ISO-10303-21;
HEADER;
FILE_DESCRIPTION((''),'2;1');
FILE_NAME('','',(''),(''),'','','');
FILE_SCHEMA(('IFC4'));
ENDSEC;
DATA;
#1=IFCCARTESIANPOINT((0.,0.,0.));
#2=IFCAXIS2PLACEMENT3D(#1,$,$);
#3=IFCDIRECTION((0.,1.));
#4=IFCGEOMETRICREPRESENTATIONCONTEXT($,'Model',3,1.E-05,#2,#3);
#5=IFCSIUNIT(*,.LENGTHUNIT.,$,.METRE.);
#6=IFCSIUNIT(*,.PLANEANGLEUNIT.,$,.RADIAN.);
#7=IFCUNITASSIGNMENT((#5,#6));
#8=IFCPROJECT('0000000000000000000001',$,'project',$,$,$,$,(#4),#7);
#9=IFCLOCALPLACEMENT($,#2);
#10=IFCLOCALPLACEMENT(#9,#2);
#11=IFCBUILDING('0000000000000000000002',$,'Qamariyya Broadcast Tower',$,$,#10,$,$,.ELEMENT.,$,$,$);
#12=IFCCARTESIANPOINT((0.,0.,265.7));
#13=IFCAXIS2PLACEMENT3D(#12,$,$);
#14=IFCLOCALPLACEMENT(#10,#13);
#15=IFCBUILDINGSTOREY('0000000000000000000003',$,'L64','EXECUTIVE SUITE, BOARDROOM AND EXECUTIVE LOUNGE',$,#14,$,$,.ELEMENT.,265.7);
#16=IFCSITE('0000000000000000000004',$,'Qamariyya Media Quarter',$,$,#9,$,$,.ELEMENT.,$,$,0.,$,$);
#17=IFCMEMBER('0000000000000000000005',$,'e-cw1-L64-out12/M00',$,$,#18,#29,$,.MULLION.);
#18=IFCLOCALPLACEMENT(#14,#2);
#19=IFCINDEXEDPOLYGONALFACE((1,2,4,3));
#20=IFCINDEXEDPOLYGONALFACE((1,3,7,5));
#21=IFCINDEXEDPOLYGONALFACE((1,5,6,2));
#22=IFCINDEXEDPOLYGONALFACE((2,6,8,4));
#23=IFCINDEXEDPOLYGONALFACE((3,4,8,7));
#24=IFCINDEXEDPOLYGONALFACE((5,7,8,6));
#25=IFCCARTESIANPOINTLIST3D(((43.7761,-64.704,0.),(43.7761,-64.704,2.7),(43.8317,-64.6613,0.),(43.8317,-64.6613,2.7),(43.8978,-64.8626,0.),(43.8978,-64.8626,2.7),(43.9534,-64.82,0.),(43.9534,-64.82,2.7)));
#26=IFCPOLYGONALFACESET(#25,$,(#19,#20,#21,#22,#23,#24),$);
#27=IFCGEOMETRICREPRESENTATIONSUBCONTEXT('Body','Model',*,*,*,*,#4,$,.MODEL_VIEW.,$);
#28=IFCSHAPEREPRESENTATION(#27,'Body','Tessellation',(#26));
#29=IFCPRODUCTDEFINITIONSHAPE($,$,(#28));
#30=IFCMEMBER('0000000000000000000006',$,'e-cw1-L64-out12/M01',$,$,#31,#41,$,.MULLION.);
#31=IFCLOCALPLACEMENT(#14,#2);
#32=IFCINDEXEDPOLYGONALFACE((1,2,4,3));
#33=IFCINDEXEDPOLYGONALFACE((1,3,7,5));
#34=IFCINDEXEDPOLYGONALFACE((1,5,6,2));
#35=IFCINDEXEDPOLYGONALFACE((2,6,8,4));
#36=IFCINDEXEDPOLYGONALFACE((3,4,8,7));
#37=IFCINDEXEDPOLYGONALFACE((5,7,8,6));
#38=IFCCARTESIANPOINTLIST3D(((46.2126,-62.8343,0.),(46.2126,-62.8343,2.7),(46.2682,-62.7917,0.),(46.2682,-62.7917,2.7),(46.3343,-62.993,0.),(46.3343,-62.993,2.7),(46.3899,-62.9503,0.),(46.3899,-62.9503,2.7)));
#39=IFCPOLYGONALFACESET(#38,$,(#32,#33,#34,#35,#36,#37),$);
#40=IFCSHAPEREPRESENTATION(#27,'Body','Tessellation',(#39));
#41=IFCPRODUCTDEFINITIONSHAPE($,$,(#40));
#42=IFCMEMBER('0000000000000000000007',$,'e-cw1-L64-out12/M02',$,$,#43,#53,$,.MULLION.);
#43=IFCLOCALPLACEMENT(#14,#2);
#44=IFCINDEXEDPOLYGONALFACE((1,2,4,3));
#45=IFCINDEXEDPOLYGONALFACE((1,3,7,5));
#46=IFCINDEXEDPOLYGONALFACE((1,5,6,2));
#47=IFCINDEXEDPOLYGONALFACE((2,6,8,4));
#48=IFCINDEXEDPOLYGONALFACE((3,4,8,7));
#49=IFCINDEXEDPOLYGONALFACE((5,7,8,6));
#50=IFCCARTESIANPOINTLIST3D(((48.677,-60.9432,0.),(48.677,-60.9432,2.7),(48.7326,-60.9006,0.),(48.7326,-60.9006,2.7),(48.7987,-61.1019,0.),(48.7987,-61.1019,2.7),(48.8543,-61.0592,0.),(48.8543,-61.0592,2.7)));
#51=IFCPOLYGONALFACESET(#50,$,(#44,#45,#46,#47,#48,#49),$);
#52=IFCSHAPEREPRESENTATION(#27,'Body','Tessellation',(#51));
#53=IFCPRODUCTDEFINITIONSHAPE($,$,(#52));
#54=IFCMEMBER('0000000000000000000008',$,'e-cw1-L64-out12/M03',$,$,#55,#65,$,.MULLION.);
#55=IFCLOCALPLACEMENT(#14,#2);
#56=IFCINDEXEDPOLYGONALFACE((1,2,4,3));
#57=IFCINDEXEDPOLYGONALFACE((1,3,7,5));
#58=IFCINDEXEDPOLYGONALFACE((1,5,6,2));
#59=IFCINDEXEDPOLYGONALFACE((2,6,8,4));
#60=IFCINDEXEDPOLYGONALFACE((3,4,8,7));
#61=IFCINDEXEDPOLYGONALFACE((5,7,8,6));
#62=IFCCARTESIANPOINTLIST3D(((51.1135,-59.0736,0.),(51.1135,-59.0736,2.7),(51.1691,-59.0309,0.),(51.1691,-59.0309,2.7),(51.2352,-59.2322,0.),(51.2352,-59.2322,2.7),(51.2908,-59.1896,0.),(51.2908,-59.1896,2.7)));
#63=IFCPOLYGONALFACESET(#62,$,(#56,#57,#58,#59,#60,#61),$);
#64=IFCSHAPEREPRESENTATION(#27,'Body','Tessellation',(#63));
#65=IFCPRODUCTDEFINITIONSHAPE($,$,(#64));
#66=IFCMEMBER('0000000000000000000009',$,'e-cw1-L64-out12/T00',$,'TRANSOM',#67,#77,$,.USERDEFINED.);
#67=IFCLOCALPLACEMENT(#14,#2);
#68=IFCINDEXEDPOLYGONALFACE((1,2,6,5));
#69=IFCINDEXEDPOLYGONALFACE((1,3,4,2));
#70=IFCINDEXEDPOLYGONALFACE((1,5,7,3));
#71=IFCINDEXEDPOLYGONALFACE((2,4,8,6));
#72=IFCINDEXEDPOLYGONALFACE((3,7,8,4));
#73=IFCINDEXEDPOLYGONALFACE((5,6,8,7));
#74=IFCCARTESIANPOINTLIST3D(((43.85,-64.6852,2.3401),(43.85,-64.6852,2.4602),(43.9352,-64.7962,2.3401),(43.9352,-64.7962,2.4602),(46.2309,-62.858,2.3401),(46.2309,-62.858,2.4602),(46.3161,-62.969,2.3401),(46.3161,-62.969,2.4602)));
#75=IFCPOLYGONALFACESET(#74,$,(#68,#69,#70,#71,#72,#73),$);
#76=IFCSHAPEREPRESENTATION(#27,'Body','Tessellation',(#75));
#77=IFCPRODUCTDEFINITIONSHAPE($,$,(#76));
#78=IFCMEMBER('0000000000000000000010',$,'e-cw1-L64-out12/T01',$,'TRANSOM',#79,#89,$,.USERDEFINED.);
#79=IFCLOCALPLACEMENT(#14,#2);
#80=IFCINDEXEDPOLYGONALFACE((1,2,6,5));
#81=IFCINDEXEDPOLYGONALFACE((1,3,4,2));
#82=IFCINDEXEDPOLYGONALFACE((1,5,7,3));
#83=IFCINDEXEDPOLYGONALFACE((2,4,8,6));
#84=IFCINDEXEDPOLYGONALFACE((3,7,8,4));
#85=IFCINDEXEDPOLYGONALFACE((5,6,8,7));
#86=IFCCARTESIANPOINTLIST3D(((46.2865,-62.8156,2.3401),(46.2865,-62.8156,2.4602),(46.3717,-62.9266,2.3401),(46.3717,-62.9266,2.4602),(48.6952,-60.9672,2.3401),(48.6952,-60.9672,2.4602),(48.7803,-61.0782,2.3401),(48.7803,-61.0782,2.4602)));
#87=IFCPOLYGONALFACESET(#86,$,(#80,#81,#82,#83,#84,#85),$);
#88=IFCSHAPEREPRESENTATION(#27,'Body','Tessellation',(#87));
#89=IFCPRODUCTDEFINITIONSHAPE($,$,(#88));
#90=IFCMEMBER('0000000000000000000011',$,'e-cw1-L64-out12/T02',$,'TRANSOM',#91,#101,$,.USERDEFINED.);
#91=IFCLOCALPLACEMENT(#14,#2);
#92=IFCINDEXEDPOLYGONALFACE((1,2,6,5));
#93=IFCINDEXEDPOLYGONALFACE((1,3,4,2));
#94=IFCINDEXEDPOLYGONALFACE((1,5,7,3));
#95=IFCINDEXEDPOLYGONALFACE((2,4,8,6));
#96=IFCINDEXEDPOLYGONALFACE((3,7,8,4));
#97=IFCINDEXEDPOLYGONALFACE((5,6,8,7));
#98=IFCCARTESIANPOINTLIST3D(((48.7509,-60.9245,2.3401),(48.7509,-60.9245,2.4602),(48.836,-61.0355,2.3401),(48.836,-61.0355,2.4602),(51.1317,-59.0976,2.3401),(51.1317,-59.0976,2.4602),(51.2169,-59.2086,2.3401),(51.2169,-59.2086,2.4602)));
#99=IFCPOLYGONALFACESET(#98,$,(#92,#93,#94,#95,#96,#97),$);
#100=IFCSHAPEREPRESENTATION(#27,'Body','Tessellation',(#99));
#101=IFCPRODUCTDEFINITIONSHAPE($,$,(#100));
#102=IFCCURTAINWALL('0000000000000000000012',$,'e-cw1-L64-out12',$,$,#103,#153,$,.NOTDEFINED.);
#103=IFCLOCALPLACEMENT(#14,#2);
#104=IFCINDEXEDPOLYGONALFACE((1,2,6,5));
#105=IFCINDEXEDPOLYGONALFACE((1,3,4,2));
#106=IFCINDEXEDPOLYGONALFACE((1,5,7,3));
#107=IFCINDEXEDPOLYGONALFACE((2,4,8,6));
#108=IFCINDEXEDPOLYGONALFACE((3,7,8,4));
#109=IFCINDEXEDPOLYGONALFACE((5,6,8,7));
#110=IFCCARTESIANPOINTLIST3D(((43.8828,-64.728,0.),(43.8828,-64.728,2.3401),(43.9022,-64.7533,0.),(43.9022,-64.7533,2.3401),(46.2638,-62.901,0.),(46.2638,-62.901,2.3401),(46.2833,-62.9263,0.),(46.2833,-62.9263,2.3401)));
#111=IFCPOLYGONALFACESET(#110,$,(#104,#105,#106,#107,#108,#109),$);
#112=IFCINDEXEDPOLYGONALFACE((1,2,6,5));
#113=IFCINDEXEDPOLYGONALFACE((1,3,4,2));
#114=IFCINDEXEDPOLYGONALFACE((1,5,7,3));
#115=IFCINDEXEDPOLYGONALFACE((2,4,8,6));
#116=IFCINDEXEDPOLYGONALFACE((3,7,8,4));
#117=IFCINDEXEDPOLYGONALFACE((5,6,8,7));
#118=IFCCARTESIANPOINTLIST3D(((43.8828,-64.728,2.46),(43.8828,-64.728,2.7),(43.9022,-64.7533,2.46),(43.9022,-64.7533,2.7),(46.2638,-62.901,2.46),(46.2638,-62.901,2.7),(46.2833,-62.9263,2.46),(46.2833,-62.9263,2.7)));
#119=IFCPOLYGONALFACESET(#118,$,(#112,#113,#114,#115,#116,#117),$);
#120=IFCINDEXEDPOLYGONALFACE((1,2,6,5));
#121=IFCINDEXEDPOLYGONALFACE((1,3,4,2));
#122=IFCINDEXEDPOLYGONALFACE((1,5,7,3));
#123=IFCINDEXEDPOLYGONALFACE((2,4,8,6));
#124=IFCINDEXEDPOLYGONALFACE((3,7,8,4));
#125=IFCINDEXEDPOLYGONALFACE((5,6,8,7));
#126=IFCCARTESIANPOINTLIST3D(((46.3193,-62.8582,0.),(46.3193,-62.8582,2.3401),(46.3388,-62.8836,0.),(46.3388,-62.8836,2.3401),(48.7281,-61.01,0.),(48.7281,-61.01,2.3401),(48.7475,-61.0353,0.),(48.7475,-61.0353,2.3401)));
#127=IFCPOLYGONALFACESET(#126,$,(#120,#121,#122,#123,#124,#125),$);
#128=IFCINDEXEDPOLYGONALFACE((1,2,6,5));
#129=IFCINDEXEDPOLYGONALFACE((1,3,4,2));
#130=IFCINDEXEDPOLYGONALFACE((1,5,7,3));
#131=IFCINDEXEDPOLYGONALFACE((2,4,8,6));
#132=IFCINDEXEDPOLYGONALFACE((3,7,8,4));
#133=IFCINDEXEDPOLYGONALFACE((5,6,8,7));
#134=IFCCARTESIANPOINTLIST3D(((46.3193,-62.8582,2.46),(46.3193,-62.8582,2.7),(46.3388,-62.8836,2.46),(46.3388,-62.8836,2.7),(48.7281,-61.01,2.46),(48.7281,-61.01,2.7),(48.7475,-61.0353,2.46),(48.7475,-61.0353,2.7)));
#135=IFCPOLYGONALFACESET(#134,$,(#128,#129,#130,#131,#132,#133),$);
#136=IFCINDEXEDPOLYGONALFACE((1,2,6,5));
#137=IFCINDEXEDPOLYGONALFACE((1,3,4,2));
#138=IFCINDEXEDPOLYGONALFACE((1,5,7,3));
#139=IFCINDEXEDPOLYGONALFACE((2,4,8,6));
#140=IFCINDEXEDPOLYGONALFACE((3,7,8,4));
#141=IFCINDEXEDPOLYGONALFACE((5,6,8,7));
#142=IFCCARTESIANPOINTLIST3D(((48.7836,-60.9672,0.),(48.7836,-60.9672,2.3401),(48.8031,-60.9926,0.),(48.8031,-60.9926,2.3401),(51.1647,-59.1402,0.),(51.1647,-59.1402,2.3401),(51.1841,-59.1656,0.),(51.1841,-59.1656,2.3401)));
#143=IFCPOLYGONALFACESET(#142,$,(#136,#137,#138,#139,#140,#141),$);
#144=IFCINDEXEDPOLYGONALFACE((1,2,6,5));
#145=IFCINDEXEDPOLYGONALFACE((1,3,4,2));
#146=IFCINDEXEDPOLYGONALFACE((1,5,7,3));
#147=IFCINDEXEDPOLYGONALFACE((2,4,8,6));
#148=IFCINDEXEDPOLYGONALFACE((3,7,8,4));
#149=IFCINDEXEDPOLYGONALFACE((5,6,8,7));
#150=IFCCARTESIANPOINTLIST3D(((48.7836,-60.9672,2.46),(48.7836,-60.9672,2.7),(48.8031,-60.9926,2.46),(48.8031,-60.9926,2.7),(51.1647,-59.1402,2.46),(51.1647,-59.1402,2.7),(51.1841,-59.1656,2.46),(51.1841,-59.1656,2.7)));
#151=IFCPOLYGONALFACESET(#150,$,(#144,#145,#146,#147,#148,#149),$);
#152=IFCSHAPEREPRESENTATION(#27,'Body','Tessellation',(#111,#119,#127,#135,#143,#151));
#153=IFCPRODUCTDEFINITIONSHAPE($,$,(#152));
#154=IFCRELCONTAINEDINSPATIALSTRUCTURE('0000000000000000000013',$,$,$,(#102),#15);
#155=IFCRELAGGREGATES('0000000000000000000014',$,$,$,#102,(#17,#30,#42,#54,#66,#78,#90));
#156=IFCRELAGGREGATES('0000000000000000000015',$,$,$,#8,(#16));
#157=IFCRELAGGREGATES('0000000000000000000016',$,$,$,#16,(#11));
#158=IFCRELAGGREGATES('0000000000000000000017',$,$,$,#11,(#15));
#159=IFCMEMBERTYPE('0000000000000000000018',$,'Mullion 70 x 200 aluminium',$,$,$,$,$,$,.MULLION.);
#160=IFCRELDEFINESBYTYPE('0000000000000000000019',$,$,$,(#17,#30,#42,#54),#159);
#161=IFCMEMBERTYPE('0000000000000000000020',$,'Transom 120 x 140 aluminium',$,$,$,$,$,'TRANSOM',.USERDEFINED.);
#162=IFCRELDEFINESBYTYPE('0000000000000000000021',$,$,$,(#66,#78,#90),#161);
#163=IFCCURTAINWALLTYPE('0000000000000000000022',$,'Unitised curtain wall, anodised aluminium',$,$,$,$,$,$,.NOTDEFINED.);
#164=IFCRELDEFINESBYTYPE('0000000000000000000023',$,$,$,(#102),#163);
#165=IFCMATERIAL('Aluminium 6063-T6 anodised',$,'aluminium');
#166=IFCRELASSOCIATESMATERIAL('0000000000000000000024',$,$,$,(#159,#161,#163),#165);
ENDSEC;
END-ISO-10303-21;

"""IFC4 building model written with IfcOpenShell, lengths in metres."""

from ifc_helpers import new_model, si_unit, direction, frame, origin, origin_2d, place, context, subcontext, project, spatial, rectangle, extrude, material, material_profile, profile_set, type_object, element, aggregate, save


model = new_model("IFC4")

# Units and contexts
model_context = context("Model", 3, precision=1e-05, world=origin(), true_north=direction((0.0, 1.0)))
body_context = subcontext(model_context, "Body", "Model", "MODEL_VIEW")
ifc_project = project(units=[si_unit("LENGTHUNIT", "METRE"), si_unit("PLANEANGLEUNIT", "RADIAN")], contexts=[model_context])

# Members
ifc_material = material(Name="Aluminium 6063-T6 anodised", Category="aluminium")
ifc_material_profile_1 = material_profile(ifc_material, rectangle(XDim=0.2, YDim=0.0701, at=origin_2d()))
ifc_profile_set_1 = profile_set([ifc_material_profile_1], Name="Aluminium 6063-T6 anodised")
member_type_1 = type_object("IfcMemberType", Name="Mullion 70 x 200 aluminium", PredefinedType="MULLION", material=ifc_profile_set_1)
site_placement = place(None, origin())
building_placement = place(site_placement, origin())
storey_placement = place(building_placement, frame((0.0, 0.0, 265.7)))
member_1_placement = place(storey_placement, frame((43.8647, -64.762, 0.0), z_axis=(0.0, 0.0, 1.0), x_axis=(-0.608761, 0.793353, 0.0)))
member_1 = element("IfcMember", 1, at=member_1_placement, type_object=member_type_1, Name="e-cw1-L64-out12/M00", PredefinedType="MULLION", context=body_context, shape_type="SweptSolid", body=[
    extrude(rectangle(XDim=0.2, YDim=0.0701, at=origin_2d()), origin(), (0.0, 0.0, 1.0), 2.7),
])
member_2_placement = place(storey_placement, frame((46.3013, -62.8923, 0.0), z_axis=(0.0, 0.0, 1.0), x_axis=(-0.608761, 0.793353, 0.0)))
member_2 = element("IfcMember", 2, at=member_2_placement, type_object=member_type_1, Name="e-cw1-L64-out12/M01", PredefinedType="MULLION", context=body_context, shape_type="SweptSolid", body=[
    extrude(rectangle(XDim=0.2, YDim=0.0701, at=origin_2d()), origin(), (0.0, 0.0, 1.0), 2.7),
])
member_3_placement = place(storey_placement, frame((48.7656, -61.0012, 0.0), z_axis=(0.0, 0.0, 1.0), x_axis=(-0.608761, 0.793353, 0.0)))
member_3 = element("IfcMember", 3, at=member_3_placement, type_object=member_type_1, Name="e-cw1-L64-out12/M02", PredefinedType="MULLION", context=body_context, shape_type="SweptSolid", body=[
    extrude(rectangle(XDim=0.2, YDim=0.0701, at=origin_2d()), origin(), (0.0, 0.0, 1.0), 2.7),
])
member_4_placement = place(storey_placement, frame((51.2021, -59.1316, 0.0), z_axis=(0.0, 0.0, 1.0), x_axis=(-0.608761, 0.793353, 0.0)))
member_4 = element("IfcMember", 4, at=member_4_placement, type_object=member_type_1, Name="e-cw1-L64-out12/M03", PredefinedType="MULLION", context=body_context, shape_type="SweptSolid", body=[
    extrude(rectangle(XDim=0.2, YDim=0.0701, at=origin_2d()), origin(), (0.0, 0.0, 1.0), 2.7),
])
ifc_material_profile_2 = material_profile(ifc_material, rectangle(XDim=0.1399, YDim=0.1201, at=origin_2d()))
ifc_profile_set_2 = profile_set([ifc_material_profile_2], Name="Aluminium 6063-T6 anodised")
member_type_2 = type_object("IfcMemberType", Name="Transom 120 x 140 aluminium", ElementType="TRANSOM", PredefinedType="USERDEFINED", material=ifc_profile_set_2)
member_5_placement = place(storey_placement, frame((43.8926, -64.7407, 2.4001), z_axis=(0.793313, 0.608814, 0.0), x_axis=(-0.608814, 0.793313, 0.0)))
member_5 = element("IfcMember", 5, at=member_5_placement, type_object=member_type_2, Name="e-cw1-L64-out12/T00", ObjectType="TRANSOM", PredefinedType="USERDEFINED", context=body_context, shape_type="SweptSolid", body=[
    extrude(rectangle(XDim=0.1399, YDim=0.1201, at=origin_2d()), origin(), (0.0, 0.0, 1.0), 3.0012),
])
member_6_placement = place(storey_placement, frame((46.3291, -62.8711, 2.4001), z_axis=(0.793332, 0.608789, 0.0), x_axis=(-0.608789, 0.793332, 0.0)))
member_6 = element("IfcMember", 6, at=member_6_placement, type_object=member_type_2, Name="e-cw1-L64-out12/T01", ObjectType="TRANSOM", PredefinedType="USERDEFINED", context=body_context, shape_type="SweptSolid", body=[
    extrude(rectangle(XDim=0.1399, YDim=0.1201, at=origin_2d()), origin(), (0.0, 0.0, 1.0), 3.0361),
])
member_7_placement = place(storey_placement, frame((48.7935, -60.98, 2.4001), z_axis=(0.793352, 0.608763, 0.0), x_axis=(-0.608763, 0.793352, 0.0)))
member_7 = element("IfcMember", 7, at=member_7_placement, type_object=member_type_2, Name="e-cw1-L64-out12/T02", ObjectType="TRANSOM", PredefinedType="USERDEFINED", context=body_context, shape_type="SweptSolid", body=[
    extrude(rectangle(XDim=0.1399, YDim=0.1201, at=origin_2d()), origin(), (0.0, 0.0, 1.0), 3.001),
])

# Site, building, storey
site = spatial("IfcSite", under=ifc_project, at=site_placement, Name="Qamariyya Media Quarter", CompositionType="ELEMENT", RefElevation=0.0)
building = spatial("IfcBuilding", under=site, at=building_placement, Name="Qamariyya Broadcast Tower", CompositionType="ELEMENT")
storey = spatial("IfcBuildingStorey", under=building, at=storey_placement, Name="L64", Description="EXECUTIVE SUITE, BOARDROOM AND EXECUTIVE LOUNGE", CompositionType="ELEMENT", Elevation=265.7)

# Curtain wall
curtain_wall_type = type_object("IfcCurtainWallType", Name="Unitised curtain wall, anodised aluminium", PredefinedType="NOTDEFINED", material=ifc_material)
curtain_wall_1_placement = place(storey_placement, origin())
curtain_wall_1 = element("IfcCurtainWall", 8, at=curtain_wall_1_placement, inside=storey, type_object=curtain_wall_type, Name="e-cw1-L64-out12", PredefinedType="NOTDEFINED", context=body_context, shape_type="SweptSolid", body=[
    extrude(rectangle(XDim=3.0012, YDim=0.032, at=origin_2d()), frame((45.083, -63.8271, 0.0), x_axis=(0.793356, 0.608758, 0.0)), (0.0, 0.0, 1.0), 2.3401),
    extrude(rectangle(XDim=3.0012, YDim=0.032, at=origin_2d()), frame((45.083, -63.8271, 2.46), x_axis=(0.793356, 0.608758, 0.0)), (0.0, 0.0, 1.0), 0.24),
    extrude(rectangle(XDim=3.0361, YDim=0.032, at=origin_2d()), frame((47.5334, -61.9468, 0.0), x_axis=(0.793356, 0.608758, 0.0)), (0.0, 0.0, 1.0), 2.3401),
    extrude(rectangle(XDim=3.0361, YDim=0.032, at=origin_2d()), frame((47.5334, -61.9468, 2.46), x_axis=(0.793356, 0.608758, 0.0)), (0.0, 0.0, 1.0), 0.24),
    extrude(rectangle(XDim=3.0012, YDim=0.032, at=origin_2d()), frame((49.9839, -60.0664, 0.0), x_axis=(0.793356, 0.608758, 0.0)), (0.0, 0.0, 1.0), 2.3401),
    extrude(rectangle(XDim=3.0012, YDim=0.032, at=origin_2d()), frame((49.9839, -60.0664, 2.46), x_axis=(0.793356, 0.608758, 0.0)), (0.0, 0.0, 1.0), 0.24),
])
aggregate(curtain_wall_1, [member_1, member_2, member_3, member_4, member_5, member_6, member_7])

save(model, "model.ifc")
